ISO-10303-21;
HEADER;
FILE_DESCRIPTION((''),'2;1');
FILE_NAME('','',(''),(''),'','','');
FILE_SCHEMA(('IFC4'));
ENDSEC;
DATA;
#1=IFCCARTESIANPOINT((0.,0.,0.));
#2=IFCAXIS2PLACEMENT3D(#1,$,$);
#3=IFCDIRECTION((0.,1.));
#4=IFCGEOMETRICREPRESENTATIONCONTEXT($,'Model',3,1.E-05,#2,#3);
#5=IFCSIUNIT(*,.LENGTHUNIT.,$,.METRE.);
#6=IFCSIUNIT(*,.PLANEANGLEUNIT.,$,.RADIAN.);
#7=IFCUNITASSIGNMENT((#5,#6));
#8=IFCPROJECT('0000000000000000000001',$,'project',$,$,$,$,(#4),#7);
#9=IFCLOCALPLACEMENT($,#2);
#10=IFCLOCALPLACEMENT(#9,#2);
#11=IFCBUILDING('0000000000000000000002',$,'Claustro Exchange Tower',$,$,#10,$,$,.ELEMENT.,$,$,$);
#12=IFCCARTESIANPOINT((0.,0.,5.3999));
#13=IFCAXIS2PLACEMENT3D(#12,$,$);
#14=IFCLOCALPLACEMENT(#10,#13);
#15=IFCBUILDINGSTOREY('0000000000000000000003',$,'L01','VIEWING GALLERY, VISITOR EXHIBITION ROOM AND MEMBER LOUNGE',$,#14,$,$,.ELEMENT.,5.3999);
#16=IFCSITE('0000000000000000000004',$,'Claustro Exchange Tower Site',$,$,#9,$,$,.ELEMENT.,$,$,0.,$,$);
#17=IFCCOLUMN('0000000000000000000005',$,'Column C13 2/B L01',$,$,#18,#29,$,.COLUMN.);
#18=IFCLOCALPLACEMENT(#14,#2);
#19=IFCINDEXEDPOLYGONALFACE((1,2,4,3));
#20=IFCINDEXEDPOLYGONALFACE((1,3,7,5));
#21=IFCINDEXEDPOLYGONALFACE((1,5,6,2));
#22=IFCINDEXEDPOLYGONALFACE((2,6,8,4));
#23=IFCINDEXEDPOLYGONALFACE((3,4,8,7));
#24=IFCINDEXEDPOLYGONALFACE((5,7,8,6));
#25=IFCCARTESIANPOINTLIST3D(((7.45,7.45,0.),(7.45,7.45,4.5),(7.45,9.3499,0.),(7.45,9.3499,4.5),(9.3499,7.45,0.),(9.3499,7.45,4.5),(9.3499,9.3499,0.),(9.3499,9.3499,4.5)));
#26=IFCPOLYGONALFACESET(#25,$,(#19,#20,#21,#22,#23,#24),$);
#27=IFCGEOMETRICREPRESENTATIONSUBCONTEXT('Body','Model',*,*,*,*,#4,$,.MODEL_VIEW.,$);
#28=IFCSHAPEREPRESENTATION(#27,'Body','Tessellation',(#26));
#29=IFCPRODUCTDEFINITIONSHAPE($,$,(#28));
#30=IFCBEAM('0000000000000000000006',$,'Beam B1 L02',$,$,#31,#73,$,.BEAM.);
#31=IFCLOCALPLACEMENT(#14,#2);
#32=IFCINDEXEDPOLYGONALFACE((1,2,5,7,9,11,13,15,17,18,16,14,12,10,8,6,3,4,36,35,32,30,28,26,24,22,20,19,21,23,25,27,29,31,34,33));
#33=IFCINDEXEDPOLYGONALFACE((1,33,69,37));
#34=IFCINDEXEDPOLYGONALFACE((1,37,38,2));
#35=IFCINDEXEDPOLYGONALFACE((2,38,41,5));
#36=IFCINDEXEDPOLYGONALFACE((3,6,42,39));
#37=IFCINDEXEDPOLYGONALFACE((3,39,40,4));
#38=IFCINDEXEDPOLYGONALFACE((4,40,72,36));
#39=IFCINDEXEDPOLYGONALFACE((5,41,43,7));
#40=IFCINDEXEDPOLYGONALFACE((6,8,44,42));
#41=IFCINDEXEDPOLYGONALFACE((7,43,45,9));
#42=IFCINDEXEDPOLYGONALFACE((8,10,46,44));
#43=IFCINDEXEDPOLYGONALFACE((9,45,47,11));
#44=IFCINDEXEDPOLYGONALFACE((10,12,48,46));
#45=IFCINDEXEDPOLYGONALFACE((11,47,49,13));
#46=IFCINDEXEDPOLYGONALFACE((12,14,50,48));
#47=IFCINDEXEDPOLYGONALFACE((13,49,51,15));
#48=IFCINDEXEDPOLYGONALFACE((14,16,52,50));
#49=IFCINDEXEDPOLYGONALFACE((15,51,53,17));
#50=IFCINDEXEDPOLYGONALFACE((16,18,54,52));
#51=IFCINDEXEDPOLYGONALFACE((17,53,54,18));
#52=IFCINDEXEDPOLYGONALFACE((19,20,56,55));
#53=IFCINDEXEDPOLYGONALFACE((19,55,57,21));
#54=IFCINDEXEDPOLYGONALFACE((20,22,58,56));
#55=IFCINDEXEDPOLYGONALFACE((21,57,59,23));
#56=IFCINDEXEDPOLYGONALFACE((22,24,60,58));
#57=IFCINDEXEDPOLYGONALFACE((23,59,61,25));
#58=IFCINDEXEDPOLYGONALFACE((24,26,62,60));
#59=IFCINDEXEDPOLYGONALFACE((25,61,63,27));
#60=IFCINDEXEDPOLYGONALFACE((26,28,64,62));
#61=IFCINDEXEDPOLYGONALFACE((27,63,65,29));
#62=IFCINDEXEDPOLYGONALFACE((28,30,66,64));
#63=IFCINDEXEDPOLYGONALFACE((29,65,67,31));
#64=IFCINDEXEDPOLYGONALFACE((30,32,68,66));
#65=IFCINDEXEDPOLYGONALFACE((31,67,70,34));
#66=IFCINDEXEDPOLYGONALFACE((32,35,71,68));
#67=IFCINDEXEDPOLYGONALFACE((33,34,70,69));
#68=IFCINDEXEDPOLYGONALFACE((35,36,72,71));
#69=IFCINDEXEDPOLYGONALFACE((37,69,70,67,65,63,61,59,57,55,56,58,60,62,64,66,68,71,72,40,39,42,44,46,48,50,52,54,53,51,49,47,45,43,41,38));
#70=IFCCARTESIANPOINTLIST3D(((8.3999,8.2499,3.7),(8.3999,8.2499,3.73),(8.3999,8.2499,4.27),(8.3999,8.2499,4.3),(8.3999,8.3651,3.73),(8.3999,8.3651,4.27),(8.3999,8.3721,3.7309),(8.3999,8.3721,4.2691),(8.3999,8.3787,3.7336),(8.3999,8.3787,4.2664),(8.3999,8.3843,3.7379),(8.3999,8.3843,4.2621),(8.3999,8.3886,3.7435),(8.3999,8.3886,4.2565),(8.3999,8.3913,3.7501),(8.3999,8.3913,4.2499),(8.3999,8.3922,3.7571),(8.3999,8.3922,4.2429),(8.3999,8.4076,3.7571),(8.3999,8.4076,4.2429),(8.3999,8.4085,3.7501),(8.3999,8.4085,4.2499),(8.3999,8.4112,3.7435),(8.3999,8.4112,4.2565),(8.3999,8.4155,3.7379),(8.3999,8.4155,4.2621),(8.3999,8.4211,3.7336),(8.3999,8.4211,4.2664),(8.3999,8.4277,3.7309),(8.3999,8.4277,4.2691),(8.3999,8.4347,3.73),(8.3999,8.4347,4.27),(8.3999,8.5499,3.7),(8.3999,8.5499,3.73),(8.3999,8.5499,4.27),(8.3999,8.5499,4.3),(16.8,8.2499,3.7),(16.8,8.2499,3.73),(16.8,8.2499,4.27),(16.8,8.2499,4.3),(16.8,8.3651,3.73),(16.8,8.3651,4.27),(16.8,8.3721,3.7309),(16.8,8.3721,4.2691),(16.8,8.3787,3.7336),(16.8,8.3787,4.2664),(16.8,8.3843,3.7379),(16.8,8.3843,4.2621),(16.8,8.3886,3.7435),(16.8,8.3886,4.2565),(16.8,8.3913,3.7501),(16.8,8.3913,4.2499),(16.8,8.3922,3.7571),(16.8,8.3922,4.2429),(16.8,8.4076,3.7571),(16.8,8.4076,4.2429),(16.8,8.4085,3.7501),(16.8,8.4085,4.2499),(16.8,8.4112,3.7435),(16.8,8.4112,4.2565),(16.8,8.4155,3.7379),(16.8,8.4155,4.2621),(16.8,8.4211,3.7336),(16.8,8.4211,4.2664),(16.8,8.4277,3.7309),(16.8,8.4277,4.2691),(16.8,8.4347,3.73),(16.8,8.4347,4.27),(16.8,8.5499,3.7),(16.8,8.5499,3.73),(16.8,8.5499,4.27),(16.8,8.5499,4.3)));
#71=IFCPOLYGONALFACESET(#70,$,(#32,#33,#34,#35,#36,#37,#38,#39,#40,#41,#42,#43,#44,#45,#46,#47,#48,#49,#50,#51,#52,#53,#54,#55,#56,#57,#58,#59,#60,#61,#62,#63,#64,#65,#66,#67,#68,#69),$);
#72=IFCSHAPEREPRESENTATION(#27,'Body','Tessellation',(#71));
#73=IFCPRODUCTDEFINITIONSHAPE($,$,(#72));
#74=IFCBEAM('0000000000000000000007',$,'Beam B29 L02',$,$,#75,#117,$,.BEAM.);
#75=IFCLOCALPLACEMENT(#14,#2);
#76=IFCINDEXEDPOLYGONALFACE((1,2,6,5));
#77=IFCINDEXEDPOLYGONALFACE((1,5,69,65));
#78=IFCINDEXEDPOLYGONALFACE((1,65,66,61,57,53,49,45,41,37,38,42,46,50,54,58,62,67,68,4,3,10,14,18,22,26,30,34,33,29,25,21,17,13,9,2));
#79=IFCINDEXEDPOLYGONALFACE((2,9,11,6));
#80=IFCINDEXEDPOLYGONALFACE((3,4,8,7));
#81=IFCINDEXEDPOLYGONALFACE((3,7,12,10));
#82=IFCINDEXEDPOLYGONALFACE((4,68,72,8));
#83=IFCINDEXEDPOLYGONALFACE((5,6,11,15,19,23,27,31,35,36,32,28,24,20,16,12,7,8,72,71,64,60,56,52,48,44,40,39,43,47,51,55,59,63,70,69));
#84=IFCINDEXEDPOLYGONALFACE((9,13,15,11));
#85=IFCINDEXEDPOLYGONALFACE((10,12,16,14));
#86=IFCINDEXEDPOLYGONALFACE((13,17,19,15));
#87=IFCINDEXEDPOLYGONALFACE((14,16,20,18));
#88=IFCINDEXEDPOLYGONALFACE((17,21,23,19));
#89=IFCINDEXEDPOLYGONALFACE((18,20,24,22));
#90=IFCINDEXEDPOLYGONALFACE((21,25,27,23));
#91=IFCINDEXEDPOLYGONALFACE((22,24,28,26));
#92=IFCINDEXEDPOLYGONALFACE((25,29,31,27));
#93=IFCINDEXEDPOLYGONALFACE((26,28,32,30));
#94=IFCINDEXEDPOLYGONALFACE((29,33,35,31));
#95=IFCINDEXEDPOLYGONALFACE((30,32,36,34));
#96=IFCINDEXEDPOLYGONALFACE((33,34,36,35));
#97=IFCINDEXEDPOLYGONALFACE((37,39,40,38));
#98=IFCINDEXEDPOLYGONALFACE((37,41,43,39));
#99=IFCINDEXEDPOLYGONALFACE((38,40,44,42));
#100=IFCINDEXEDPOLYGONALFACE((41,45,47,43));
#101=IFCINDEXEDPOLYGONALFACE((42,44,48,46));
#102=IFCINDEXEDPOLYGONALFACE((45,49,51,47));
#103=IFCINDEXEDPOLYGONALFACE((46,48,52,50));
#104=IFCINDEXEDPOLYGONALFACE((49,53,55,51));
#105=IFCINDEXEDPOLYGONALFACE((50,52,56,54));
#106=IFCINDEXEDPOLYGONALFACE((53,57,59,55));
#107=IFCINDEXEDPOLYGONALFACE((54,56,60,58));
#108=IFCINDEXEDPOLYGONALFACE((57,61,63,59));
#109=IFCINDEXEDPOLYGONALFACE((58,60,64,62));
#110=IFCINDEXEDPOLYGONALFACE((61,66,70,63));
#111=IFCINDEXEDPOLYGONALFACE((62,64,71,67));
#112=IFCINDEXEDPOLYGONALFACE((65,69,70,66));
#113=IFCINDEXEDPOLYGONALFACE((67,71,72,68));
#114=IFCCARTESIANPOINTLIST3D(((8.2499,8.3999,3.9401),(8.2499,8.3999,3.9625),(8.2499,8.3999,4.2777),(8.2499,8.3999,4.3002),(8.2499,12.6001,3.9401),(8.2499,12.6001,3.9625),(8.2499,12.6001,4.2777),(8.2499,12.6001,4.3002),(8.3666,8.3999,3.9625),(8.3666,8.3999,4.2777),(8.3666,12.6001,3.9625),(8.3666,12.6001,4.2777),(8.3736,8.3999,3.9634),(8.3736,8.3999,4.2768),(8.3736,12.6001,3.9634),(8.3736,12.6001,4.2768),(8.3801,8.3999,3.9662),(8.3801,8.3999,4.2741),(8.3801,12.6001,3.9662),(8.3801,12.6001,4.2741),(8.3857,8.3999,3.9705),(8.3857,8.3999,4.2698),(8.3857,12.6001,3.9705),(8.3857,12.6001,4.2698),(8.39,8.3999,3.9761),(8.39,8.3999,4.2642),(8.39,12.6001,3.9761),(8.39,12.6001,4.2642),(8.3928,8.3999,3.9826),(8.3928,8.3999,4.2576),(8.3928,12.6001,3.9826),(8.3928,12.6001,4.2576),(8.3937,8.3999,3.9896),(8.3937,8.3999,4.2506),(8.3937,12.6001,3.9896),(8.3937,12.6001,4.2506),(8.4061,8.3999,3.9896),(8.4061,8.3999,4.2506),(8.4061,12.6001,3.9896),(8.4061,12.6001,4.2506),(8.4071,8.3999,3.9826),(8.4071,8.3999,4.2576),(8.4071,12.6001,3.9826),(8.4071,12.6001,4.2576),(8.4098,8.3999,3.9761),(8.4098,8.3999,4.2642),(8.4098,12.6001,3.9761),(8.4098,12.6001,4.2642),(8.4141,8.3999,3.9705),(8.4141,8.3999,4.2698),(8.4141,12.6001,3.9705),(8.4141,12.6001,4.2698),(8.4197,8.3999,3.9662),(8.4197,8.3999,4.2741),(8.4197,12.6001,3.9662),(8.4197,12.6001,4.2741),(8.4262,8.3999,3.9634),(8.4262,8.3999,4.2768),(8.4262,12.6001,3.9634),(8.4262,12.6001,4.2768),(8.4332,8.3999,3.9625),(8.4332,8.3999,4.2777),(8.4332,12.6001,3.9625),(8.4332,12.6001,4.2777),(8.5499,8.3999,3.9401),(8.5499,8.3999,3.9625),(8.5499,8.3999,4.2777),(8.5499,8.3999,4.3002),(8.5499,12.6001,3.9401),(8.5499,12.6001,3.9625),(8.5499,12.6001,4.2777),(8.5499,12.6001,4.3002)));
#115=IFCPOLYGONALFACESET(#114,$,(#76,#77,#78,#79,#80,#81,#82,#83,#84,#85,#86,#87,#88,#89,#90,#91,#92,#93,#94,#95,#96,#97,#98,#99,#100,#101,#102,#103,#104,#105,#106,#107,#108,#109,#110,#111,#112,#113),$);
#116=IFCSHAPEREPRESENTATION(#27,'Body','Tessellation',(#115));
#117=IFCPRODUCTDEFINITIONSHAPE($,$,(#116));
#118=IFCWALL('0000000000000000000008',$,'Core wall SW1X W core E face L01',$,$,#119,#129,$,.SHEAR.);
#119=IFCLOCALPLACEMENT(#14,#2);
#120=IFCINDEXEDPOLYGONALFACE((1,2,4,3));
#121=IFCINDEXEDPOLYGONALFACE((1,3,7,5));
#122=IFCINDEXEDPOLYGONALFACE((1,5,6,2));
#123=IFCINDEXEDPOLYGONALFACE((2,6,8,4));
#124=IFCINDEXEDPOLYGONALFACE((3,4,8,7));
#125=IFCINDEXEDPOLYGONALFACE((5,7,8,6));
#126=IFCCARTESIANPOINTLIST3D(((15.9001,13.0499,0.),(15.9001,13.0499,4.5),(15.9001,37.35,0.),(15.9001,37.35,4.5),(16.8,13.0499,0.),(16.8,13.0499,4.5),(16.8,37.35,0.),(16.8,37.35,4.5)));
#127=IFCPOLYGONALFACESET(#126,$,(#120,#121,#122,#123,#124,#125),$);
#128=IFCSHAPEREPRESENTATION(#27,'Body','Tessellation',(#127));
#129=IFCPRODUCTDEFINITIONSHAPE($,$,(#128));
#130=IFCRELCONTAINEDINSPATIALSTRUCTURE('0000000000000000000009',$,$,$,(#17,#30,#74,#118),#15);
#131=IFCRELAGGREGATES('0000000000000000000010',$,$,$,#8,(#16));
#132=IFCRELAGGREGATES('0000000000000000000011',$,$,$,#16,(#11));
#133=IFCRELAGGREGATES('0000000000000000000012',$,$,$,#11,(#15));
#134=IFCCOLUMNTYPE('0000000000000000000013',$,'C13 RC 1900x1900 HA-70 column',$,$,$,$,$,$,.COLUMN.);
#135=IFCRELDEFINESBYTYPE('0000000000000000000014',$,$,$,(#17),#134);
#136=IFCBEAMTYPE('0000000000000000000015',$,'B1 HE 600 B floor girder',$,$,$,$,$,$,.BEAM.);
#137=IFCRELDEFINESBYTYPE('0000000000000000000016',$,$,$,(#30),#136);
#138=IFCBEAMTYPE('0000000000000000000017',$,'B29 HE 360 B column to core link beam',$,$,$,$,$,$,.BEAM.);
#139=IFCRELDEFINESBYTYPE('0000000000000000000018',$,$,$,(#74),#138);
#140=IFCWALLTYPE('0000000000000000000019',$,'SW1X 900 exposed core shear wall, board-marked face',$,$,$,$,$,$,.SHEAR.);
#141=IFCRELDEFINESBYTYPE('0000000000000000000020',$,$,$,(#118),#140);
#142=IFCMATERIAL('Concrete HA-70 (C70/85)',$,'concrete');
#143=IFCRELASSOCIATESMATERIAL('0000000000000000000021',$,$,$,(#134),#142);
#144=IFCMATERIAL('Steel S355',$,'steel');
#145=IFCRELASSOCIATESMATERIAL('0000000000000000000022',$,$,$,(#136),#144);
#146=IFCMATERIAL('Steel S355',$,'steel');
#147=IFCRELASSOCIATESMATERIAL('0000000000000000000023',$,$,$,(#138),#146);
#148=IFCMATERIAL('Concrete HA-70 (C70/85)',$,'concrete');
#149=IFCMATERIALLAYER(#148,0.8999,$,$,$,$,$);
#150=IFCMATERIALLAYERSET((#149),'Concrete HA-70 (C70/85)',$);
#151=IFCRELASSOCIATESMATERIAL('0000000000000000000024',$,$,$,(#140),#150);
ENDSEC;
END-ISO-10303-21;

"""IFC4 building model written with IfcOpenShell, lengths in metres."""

from ifc_helpers import new_model, si_unit, direction, frame, frame_2d, origin, origin_2d, place, context, subcontext, project, spatial, rectangle, i_section, extrude, material, layer, layer_set, material_profile, profile_set, type_object, element, save


model = new_model("IFC4")

# Units and contexts
model_context = context("Model", 3, precision=1e-05, world=origin(), true_north=direction((0.0, 1.0)))
body_context = subcontext(model_context, "Body", "Model", "MODEL_VIEW")
ifc_project = project(units=[si_unit("LENGTHUNIT", "METRE"), si_unit("PLANEANGLEUNIT", "RADIAN")], contexts=[model_context])

# Site, building, storey
site_placement = place(None, origin())
site = spatial("IfcSite", under=ifc_project, at=site_placement, Name="Claustro Exchange Tower Site", CompositionType="ELEMENT", RefElevation=0.0)
building_placement = place(site_placement, origin())
building = spatial("IfcBuilding", under=site, at=building_placement, Name="Claustro Exchange Tower", CompositionType="ELEMENT")
storey_placement = place(building_placement, frame((0.0, 0.0, 5.3999)))
storey = spatial("IfcBuildingStorey", under=building, at=storey_placement, Name="L01", Description="VIEWING GALLERY, VISITOR EXHIBITION ROOM AND MEMBER LOUNGE", CompositionType="ELEMENT", Elevation=5.3999)

# Column
ifc_material_1 = material(Name="Concrete HA-70 (C70/85)", Category="concrete")
ifc_material_profile_1 = material_profile(ifc_material_1, rectangle(XDim=1.8999, YDim=1.8999, at=origin_2d()), Name="RC 1900x1900")
ifc_profile_set_1 = profile_set([ifc_material_profile_1], Name="Concrete HA-70 (C70/85)")
column_type = type_object("IfcColumnType", Name="C13 RC 1900x1900 HA-70 column", PredefinedType="COLUMN", material=ifc_profile_set_1)
column_placement = place(storey_placement, frame((8.3999, 8.3999, 0.0), z_axis=(0.0, 0.0, 1.0), x_axis=(1.0, 0.0, 0.0)))
element("IfcColumn", 1, at=column_placement, inside=storey, type_object=column_type, Name="Column C13 2/B L01", PredefinedType="COLUMN", context=body_context, shape_type="SweptSolid", body=[
    extrude(rectangle(XDim=1.8999, YDim=1.8999, at=origin_2d()), origin(), (0.0, 0.0, 1.0), 4.5),
])

# Beams
ifc_material_2 = material(Name="Steel S355", Category="steel")
ifc_material_profile_2 = material_profile(ifc_material_2, i_section(OverallWidth=0.3, OverallDepth=0.6001, WebThickness=0.0154, FlangeThickness=0.03, FilletRadius=0.0271, at=origin_2d()), Name="HE 600 B")
ifc_profile_set_2 = profile_set([ifc_material_profile_2], Name="Steel S355")
beam_type_1 = type_object("IfcBeamType", Name="B1 HE 600 B floor girder", PredefinedType="BEAM", material=ifc_profile_set_2)
beam_1_placement = place(storey_placement, frame((8.3999, 8.3999, 4.0), z_axis=(1.0, 0.0, 0.0), x_axis=(0.0, 1.0, 0.0)))
element("IfcBeam", 2, at=beam_1_placement, inside=storey, type_object=beam_type_1, Name="Beam B1 L02", PredefinedType="BEAM", context=body_context, shape_type="SweptSolid", body=[
    extrude(i_section(OverallWidth=0.3, OverallDepth=0.6001, WebThickness=0.0154, FlangeThickness=0.03, FilletRadius=0.0271, at=origin_2d()), origin(), (0.0, 0.0, 1.0), 8.4001),
])
ifc_material_3 = material(Name="Steel S355", Category="steel")
ifc_material_profile_3 = material_profile(ifc_material_3, i_section(OverallWidth=0.3, OverallDepth=0.3601, WebThickness=0.0125, FlangeThickness=0.0225, FilletRadius=0.0271, at=origin_2d()), Name="HE 360 B")
ifc_profile_set_3 = profile_set([ifc_material_profile_3], Name="Steel S355")
beam_type_2 = type_object("IfcBeamType", Name="B29 HE 360 B column to core link beam", PredefinedType="BEAM", material=ifc_profile_set_3)
beam_2_placement = place(storey_placement, frame((8.3999, 8.3999, 4.1201), z_axis=(0.0, 1.0, 0.0), x_axis=(-1.0, 0.0, 0.0)))
element("IfcBeam", 3, at=beam_2_placement, inside=storey, type_object=beam_type_2, Name="Beam B29 L02", PredefinedType="BEAM", context=body_context, shape_type="SweptSolid", body=[
    extrude(i_section(OverallWidth=0.3, OverallDepth=0.3601, WebThickness=0.0125, FlangeThickness=0.0225, FilletRadius=0.0271, at=origin_2d()), origin(), (0.0, 0.0, 1.0), 4.2002),
])

# Wall
ifc_material_4 = material(Name="Concrete HA-70 (C70/85)", Category="concrete")
ifc_layer_1 = layer(ifc_material_4, 0.8999)
ifc_layer_set_1 = layer_set([ifc_layer_1], Name="Concrete HA-70 (C70/85)")
wall_type_1 = type_object("IfcWallType", Name="SW1X 900 exposed core shear wall, board-marked face", PredefinedType="SHEAR", material=ifc_layer_set_1)
wall_1_placement = place(storey_placement, frame((16.3501, 13.05, 0.0), z_axis=(0.0, 0.0, 1.0), x_axis=(0.0, 1.0, 0.0)))
element("IfcWall", 4, at=wall_1_placement, inside=storey, type_object=wall_type_1, Name="Core wall SW1X W core E face L01", PredefinedType="SHEAR", context=body_context, shape_type="SweptSolid", body=[
    extrude(rectangle(XDim=24.3, YDim=0.8999, at=frame_2d((12.1499, 0.0))), origin(), (0.0, 0.0, 1.0), 4.5),
])

save(model, "model.ifc")
